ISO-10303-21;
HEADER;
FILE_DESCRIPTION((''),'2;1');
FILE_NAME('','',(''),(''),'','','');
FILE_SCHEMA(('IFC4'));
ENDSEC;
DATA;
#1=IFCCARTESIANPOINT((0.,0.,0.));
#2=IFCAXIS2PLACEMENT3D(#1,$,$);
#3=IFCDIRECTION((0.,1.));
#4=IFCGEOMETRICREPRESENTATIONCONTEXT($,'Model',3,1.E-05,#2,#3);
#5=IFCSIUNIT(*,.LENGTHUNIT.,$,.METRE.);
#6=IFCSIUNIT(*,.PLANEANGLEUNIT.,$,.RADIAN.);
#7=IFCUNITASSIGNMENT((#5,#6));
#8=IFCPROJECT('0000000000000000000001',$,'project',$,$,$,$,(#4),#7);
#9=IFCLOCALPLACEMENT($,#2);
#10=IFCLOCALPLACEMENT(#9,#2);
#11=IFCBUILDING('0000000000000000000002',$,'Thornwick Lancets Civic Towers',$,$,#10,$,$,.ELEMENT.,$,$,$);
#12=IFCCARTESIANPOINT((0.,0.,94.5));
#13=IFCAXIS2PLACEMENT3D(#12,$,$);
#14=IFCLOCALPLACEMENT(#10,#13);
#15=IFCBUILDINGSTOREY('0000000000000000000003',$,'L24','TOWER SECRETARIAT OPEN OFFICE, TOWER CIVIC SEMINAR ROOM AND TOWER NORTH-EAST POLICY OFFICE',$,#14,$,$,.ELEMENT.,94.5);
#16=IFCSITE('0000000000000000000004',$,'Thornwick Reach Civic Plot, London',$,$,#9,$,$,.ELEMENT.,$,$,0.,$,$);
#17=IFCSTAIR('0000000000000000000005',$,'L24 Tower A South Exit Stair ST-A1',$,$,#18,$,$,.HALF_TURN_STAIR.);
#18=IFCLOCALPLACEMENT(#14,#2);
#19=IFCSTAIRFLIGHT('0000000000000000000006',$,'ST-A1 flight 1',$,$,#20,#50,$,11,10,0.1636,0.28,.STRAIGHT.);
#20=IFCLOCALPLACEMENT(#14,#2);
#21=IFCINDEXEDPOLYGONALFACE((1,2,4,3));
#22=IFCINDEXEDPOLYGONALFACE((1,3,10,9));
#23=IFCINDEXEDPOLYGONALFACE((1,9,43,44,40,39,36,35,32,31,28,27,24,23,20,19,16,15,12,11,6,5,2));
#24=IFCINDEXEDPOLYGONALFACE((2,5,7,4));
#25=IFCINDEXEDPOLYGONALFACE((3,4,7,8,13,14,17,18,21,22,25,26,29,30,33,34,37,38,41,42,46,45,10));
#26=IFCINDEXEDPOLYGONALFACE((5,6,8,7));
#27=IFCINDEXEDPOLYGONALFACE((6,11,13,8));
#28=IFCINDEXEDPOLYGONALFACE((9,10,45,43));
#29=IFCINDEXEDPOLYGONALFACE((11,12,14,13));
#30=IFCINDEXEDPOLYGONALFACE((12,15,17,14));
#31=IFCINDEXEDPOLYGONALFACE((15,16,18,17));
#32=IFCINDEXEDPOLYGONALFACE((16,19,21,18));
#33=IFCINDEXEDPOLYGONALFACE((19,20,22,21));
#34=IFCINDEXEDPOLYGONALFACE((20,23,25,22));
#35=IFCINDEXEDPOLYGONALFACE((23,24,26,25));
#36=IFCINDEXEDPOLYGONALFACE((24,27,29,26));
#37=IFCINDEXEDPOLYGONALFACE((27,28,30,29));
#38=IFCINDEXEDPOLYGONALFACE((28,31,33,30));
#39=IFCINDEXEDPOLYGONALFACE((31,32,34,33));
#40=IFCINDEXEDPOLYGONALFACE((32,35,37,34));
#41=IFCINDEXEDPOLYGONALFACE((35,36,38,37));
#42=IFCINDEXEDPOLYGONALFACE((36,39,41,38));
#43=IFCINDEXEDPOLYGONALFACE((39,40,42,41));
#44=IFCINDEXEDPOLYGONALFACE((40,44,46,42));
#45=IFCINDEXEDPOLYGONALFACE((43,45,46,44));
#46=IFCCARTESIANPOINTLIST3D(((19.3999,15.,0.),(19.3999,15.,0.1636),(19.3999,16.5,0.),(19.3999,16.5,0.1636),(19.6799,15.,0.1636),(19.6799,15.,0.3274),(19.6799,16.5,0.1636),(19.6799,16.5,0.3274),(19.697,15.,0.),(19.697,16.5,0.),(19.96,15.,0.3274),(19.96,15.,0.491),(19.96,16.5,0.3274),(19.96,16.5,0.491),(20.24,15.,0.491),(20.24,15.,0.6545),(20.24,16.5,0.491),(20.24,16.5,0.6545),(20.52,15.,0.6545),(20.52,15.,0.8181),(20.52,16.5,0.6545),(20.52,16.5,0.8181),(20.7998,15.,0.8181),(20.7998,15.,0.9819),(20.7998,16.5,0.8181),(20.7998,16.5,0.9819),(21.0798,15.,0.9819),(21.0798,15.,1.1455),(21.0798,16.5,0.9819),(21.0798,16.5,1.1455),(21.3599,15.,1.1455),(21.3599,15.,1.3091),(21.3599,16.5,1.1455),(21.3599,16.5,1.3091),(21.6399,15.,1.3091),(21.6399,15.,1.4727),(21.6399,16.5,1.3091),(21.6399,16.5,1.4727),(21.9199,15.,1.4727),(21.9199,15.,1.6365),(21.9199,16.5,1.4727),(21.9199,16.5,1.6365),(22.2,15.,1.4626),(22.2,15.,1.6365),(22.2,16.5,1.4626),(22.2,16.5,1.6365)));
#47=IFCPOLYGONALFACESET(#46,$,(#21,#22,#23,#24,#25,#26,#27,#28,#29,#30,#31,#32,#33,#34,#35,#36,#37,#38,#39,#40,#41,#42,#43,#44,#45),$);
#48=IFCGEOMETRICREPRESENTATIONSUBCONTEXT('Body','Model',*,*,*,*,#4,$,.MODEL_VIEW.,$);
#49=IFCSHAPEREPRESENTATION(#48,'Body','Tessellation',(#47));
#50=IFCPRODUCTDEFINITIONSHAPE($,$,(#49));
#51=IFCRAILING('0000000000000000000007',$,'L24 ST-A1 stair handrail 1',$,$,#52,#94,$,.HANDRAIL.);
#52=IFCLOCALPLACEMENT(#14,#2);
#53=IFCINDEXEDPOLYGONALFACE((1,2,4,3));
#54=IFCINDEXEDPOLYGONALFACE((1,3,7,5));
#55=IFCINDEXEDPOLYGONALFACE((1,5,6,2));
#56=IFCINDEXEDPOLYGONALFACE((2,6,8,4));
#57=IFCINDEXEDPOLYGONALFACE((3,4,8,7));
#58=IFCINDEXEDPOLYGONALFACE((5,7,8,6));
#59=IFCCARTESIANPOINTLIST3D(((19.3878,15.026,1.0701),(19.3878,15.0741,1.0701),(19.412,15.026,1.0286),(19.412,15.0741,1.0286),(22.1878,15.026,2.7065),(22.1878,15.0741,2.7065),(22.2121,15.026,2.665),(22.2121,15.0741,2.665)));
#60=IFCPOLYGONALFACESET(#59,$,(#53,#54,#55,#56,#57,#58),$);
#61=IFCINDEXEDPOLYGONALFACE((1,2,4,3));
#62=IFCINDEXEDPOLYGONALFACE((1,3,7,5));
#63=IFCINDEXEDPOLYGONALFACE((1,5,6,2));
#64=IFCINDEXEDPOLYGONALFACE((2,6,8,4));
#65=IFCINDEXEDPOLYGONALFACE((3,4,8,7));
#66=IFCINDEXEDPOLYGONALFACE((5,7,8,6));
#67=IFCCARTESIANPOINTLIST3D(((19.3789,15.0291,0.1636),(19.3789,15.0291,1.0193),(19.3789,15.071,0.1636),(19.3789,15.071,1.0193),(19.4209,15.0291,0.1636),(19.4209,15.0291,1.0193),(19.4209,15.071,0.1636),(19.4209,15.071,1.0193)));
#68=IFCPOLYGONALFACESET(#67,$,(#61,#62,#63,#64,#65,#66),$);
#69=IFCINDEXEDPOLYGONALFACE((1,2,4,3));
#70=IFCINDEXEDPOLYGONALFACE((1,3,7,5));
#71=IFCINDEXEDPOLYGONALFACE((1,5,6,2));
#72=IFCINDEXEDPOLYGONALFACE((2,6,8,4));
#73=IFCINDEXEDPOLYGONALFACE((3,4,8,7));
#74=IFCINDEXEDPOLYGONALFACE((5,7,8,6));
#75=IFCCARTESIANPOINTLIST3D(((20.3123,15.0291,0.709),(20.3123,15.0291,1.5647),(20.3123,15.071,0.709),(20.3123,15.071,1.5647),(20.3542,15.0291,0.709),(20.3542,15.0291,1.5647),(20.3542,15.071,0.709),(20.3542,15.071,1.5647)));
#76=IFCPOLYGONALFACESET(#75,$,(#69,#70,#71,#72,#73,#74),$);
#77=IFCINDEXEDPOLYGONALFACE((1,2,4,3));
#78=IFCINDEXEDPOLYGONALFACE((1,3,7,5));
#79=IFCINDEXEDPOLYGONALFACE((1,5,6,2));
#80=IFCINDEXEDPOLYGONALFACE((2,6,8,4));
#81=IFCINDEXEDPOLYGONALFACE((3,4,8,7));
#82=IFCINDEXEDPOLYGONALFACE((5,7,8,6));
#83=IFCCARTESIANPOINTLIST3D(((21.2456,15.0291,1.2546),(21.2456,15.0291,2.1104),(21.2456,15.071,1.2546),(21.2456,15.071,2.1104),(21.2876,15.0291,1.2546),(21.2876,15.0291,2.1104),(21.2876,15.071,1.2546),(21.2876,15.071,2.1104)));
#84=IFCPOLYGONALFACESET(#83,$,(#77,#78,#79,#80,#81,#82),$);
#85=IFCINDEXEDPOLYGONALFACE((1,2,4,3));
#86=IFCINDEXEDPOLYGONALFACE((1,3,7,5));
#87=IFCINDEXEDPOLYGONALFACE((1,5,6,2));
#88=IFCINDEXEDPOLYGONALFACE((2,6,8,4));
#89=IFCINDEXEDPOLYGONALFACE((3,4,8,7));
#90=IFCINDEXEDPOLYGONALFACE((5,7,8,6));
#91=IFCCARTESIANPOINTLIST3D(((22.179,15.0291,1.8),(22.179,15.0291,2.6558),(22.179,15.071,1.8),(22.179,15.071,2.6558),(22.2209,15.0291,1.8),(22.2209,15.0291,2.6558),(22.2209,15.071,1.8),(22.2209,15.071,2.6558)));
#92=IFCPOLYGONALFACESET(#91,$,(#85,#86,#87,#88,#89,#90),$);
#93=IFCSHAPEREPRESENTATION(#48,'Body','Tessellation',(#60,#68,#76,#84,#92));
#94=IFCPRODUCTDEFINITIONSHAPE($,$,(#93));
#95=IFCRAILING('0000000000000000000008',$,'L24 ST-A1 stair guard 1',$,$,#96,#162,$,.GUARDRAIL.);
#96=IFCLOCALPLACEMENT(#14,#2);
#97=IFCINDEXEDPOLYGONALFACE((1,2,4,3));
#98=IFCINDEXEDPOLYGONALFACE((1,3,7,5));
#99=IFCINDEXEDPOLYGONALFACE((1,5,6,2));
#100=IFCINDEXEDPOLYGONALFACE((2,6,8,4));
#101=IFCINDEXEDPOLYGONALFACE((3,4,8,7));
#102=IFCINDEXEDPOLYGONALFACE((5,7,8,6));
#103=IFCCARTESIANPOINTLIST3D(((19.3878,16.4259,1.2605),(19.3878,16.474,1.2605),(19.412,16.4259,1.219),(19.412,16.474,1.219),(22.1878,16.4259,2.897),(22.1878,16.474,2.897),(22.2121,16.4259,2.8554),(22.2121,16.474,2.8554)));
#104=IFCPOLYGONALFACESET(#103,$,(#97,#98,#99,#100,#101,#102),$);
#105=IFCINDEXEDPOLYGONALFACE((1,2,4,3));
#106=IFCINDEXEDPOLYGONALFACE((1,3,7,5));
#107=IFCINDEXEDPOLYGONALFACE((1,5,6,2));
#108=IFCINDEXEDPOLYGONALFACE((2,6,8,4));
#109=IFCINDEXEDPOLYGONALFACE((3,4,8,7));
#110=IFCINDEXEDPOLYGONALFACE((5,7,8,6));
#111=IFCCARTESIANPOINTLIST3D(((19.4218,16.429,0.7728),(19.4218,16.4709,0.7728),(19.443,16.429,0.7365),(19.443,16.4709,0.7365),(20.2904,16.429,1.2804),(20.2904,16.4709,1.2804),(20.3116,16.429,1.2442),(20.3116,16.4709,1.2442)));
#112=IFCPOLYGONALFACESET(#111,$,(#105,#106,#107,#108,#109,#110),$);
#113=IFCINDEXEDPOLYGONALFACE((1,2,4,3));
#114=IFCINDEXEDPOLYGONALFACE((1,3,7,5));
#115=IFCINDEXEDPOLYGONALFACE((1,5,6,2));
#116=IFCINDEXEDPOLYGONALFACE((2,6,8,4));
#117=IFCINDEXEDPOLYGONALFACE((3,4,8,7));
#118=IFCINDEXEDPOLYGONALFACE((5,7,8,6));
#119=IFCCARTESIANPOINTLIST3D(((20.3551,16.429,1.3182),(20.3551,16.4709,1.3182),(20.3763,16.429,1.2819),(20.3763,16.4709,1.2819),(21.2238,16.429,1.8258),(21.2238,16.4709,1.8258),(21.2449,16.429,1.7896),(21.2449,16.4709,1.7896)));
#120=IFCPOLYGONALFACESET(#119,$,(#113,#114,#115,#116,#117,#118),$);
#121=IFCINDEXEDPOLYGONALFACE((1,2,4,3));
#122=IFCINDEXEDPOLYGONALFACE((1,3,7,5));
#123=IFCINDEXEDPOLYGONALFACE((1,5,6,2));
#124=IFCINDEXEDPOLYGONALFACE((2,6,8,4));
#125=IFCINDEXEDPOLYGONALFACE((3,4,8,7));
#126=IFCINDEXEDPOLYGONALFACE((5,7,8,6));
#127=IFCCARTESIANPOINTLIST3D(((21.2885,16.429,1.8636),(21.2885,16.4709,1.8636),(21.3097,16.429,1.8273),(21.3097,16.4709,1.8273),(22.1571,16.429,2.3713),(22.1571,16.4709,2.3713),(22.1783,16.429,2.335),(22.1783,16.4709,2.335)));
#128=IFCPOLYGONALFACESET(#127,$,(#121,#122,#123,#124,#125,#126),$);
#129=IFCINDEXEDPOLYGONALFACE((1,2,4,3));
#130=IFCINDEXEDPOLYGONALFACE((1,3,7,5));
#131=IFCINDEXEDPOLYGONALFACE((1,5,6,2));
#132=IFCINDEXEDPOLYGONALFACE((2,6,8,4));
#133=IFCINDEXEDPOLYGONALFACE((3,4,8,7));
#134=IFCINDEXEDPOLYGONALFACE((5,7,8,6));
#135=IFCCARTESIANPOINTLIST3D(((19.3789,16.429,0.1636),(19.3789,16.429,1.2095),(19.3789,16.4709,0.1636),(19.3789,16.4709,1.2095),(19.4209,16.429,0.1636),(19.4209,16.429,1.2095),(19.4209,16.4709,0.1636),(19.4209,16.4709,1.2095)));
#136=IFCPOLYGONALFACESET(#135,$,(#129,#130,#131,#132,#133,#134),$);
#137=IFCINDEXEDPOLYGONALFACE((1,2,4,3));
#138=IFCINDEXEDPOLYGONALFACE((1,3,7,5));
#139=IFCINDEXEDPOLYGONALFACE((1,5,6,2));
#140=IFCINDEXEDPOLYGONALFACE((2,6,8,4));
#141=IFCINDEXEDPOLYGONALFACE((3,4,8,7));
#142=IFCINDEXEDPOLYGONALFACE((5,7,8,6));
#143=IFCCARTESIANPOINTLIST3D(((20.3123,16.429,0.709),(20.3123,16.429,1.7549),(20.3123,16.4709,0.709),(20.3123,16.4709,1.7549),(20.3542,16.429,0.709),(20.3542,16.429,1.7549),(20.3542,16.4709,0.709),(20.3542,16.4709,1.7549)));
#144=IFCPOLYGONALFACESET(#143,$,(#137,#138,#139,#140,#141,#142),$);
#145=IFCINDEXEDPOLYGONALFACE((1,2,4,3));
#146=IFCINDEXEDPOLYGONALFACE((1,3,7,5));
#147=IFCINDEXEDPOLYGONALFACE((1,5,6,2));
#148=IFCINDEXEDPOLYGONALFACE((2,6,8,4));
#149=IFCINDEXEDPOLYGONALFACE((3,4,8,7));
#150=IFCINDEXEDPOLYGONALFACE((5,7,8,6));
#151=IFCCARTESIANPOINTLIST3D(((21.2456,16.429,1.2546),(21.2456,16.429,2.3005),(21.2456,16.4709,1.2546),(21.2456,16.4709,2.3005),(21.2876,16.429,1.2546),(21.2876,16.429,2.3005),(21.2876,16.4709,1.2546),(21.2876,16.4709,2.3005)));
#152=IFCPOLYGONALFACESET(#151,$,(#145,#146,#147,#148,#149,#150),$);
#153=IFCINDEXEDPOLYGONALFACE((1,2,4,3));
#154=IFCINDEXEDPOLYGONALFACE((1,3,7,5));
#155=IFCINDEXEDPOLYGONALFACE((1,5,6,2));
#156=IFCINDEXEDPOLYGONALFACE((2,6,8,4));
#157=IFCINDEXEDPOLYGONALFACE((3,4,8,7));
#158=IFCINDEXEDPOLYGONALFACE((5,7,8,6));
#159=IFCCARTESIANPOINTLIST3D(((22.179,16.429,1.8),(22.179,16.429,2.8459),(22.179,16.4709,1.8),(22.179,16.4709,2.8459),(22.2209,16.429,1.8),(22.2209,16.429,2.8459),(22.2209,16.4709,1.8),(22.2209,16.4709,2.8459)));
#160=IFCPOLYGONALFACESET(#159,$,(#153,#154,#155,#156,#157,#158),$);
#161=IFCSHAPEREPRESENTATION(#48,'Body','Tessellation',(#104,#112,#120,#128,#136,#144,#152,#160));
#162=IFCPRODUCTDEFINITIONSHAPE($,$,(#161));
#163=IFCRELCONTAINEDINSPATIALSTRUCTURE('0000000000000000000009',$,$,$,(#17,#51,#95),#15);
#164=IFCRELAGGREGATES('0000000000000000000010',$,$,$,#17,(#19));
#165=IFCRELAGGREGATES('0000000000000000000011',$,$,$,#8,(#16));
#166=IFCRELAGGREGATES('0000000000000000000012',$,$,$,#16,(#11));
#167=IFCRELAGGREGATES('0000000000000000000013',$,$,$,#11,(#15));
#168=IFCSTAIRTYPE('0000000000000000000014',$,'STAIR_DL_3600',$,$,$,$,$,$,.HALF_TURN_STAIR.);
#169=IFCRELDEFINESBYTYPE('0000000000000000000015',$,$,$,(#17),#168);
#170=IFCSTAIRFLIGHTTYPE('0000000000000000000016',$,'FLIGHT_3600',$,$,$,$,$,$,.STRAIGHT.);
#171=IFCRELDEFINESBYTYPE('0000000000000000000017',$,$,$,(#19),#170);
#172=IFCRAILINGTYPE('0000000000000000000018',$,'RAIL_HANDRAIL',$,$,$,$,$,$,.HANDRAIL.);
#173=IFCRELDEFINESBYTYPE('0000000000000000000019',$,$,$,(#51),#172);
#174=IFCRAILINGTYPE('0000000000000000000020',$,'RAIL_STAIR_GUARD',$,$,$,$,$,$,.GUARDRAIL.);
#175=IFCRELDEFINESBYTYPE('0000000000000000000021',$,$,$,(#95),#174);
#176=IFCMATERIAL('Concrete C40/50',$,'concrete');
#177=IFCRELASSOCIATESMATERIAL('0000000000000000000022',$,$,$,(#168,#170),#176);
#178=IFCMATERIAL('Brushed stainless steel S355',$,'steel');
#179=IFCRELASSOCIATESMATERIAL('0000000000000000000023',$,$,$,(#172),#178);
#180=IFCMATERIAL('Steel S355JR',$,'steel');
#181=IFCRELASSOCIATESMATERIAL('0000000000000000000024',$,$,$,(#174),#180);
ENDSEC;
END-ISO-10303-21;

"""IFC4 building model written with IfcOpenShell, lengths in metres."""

from ifc_helpers import new_model, si_unit, direction, frame, origin, origin_2d, place, context, subcontext, project, spatial, polyline, rectangle, outline, extrude, material, type_object, element, aggregate, save


model = new_model("IFC4")

# Units and contexts
model_context = context("Model", 3, precision=1e-05, world=origin(), true_north=direction((0.0, 1.0)))
body_context = subcontext(model_context, "Body", "Model", "MODEL_VIEW")
ifc_project = project(units=[si_unit("LENGTHUNIT", "METRE"), si_unit("PLANEANGLEUNIT", "RADIAN")], contexts=[model_context])

# Site, building, storey
site_placement = place(None, origin())
site = spatial("IfcSite", under=ifc_project, at=site_placement, Name="Thornwick Reach Civic Plot, London", CompositionType="ELEMENT", RefElevation=0.0)
building_placement = place(site_placement, origin())
building = spatial("IfcBuilding", under=site, at=building_placement, Name="Thornwick Lancets Civic Towers", CompositionType="ELEMENT")
storey_placement = place(building_placement, frame((0.0, 0.0, 94.5)))
storey = spatial("IfcBuildingStorey", under=building, at=storey_placement, Name="L24", Description="TOWER SECRETARIAT OPEN OFFICE, TOWER CIVIC SEMINAR ROOM AND TOWER NORTH-EAST POLICY OFFICE", CompositionType="ELEMENT", Elevation=94.5)

# Shared definitions
ifc_material_1 = material(Name="Steel S355JR", Category="steel")

# Shared definitions
ifc_material_2 = material(Name="Concrete C40/50", Category="concrete")

# Stair, stair flight
stair_type = type_object("IfcStairType", Name="STAIR_DL_3600", PredefinedType="HALF_TURN_STAIR", material=ifc_material_2)
stair_placement = place(storey_placement, origin())
stair = element("IfcStair", 1, at=stair_placement, inside=storey, type_object=stair_type, Name="L24 Tower A South Exit Stair ST-A1", PredefinedType="HALF_TURN_STAIR")
stair_flight_type = type_object("IfcStairFlightType", Name="FLIGHT_3600", PredefinedType="STRAIGHT", material=ifc_material_2)
stair_flight_placement = place(storey_placement, frame((19.3999, 15.75, 0.0), z_axis=(0.0, 0.0, 1.0), x_axis=(1.0, 0.0, 0.0)))
stair_flight = element("IfcStairFlight", 2, at=stair_flight_placement, type_object=stair_flight_type, Name="ST-A1 flight 1", NumberOfRisers=11, NumberOfTreads=10, PredefinedType="STRAIGHT", RiserHeight=0.1636, TreadLength=0.28, context=body_context, shape_type="SweptSolid", body=[
    extrude(outline(polyline([(0.0, 0.0), (0.0, 0.1636), (0.28, 0.1636), (0.28, 0.3274), (0.5601, 0.3274), (0.5601, 0.491), (0.8401, 0.491), (0.8401, 0.6545), (1.1201, 0.6545), (1.1201, 0.8181), (1.3999, 0.8181), (1.3999, 0.9819), (1.6799, 0.9819), (1.6799, 1.1455), (1.96, 1.1455), (1.96, 1.3091), (2.24, 1.3091), (2.24, 1.4727), (2.52, 1.4727), (2.52, 1.6365), (2.8, 1.6365), (2.8, 1.8), (2.8, 1.4626), (0.2971, 0.0), (0.0, 0.0)])), frame((0.0, 0.75, 0.0), z_axis=(0.0, -1.0, 0.0), x_axis=(1.0, 0.0, 0.0)), (0.0, 0.0, 1.0), 1.5),
])
aggregate(stair, [stair_flight])

# Railings
ifc_material_3 = material(Name="Brushed stainless steel S355", Category="steel")
railing_type_1 = type_object("IfcRailingType", Name="RAIL_HANDRAIL", PredefinedType="HANDRAIL", material=ifc_material_3)
railing_1_placement = place(storey_placement, frame((19.3999, 15.05, 0.1636)))
element("IfcRailing", 3, at=railing_1_placement, inside=storey, type_object=railing_type_1, Name="L24 ST-A1 stair handrail 1", PredefinedType="HANDRAIL", context=body_context, shape_type="SweptSolid", body=[
    extrude(rectangle(XDim=0.0481, YDim=0.0481, at=origin_2d()), frame((0.0, 0.0, 0.8857), z_axis=(0.863361, 0.0, 0.504587), x_axis=(0.0, 1.0, 0.0)), (0.0, 0.0, 1.0), 3.2432),
    extrude(rectangle(XDim=0.042, YDim=0.042, at=origin_2d()), origin(), (0.0, 0.0, 1.0), 0.8557),
    extrude(rectangle(XDim=0.042, YDim=0.042, at=origin_2d()), frame((0.9333, 0.0, 0.5454)), (0.0, 0.0, 1.0), 0.8557),
    extrude(rectangle(XDim=0.042, YDim=0.042, at=origin_2d()), frame((1.8667, 0.0, 1.0911)), (0.0, 0.0, 1.0), 0.8557),
    extrude(rectangle(XDim=0.042, YDim=0.042, at=origin_2d()), frame((2.8, 0.0, 1.6365)), (0.0, 0.0, 1.0), 0.8557),
])
railing_type_2 = type_object("IfcRailingType", Name="RAIL_STAIR_GUARD", PredefinedType="GUARDRAIL", material=ifc_material_1)
railing_2_placement = place(storey_placement, frame((19.3999, 16.45, 0.1636)))
element("IfcRailing", 4, at=railing_2_placement, inside=storey, type_object=railing_type_2, Name="L24 ST-A1 stair guard 1", PredefinedType="GUARDRAIL", context=body_context, shape_type="SweptSolid", body=[
    extrude(rectangle(XDim=0.0481, YDim=0.0481, at=origin_2d()), frame((0.0, 0.0, 1.0762), z_axis=(0.863361, 0.0, 0.504587), x_axis=(0.0, 1.0, 0.0)), (0.0, 0.0, 1.0), 3.2432),
    extrude(rectangle(XDim=0.042, YDim=0.042, at=origin_2d()), frame((0.0325, 0.0, 0.5911), z_axis=(0.863361, 0.0, 0.504587), x_axis=(0.0, 1.0, 0.0)), (0.0, 0.0, 1.0), 1.0061),
    extrude(rectangle(XDim=0.042, YDim=0.042, at=origin_2d()), frame((0.9658, 0.0, 1.1365), z_axis=(0.863361, 0.0, 0.504587), x_axis=(0.0, 1.0, 0.0)), (0.0, 0.0, 1.0), 1.0061),
    extrude(rectangle(XDim=0.042, YDim=0.042, at=origin_2d()), frame((1.8992, 0.0, 1.6819), z_axis=(0.863361, 0.0, 0.504587), x_axis=(0.0, 1.0, 0.0)), (0.0, 0.0, 1.0), 1.0061),
    extrude(rectangle(XDim=0.042, YDim=0.042, at=origin_2d()), origin(), (0.0, 0.0, 1.0), 1.0459),
    extrude(rectangle(XDim=0.042, YDim=0.042, at=origin_2d()), frame((0.9333, 0.0, 0.5454)), (0.0, 0.0, 1.0), 1.0459),
    extrude(rectangle(XDim=0.042, YDim=0.042, at=origin_2d()), frame((1.8667, 0.0, 1.0911)), (0.0, 0.0, 1.0), 1.0459),
    extrude(rectangle(XDim=0.042, YDim=0.042, at=origin_2d()), frame((2.8, 0.0, 1.6365)), (0.0, 0.0, 1.0), 1.0459),
])

save(model, "model.ifc")
